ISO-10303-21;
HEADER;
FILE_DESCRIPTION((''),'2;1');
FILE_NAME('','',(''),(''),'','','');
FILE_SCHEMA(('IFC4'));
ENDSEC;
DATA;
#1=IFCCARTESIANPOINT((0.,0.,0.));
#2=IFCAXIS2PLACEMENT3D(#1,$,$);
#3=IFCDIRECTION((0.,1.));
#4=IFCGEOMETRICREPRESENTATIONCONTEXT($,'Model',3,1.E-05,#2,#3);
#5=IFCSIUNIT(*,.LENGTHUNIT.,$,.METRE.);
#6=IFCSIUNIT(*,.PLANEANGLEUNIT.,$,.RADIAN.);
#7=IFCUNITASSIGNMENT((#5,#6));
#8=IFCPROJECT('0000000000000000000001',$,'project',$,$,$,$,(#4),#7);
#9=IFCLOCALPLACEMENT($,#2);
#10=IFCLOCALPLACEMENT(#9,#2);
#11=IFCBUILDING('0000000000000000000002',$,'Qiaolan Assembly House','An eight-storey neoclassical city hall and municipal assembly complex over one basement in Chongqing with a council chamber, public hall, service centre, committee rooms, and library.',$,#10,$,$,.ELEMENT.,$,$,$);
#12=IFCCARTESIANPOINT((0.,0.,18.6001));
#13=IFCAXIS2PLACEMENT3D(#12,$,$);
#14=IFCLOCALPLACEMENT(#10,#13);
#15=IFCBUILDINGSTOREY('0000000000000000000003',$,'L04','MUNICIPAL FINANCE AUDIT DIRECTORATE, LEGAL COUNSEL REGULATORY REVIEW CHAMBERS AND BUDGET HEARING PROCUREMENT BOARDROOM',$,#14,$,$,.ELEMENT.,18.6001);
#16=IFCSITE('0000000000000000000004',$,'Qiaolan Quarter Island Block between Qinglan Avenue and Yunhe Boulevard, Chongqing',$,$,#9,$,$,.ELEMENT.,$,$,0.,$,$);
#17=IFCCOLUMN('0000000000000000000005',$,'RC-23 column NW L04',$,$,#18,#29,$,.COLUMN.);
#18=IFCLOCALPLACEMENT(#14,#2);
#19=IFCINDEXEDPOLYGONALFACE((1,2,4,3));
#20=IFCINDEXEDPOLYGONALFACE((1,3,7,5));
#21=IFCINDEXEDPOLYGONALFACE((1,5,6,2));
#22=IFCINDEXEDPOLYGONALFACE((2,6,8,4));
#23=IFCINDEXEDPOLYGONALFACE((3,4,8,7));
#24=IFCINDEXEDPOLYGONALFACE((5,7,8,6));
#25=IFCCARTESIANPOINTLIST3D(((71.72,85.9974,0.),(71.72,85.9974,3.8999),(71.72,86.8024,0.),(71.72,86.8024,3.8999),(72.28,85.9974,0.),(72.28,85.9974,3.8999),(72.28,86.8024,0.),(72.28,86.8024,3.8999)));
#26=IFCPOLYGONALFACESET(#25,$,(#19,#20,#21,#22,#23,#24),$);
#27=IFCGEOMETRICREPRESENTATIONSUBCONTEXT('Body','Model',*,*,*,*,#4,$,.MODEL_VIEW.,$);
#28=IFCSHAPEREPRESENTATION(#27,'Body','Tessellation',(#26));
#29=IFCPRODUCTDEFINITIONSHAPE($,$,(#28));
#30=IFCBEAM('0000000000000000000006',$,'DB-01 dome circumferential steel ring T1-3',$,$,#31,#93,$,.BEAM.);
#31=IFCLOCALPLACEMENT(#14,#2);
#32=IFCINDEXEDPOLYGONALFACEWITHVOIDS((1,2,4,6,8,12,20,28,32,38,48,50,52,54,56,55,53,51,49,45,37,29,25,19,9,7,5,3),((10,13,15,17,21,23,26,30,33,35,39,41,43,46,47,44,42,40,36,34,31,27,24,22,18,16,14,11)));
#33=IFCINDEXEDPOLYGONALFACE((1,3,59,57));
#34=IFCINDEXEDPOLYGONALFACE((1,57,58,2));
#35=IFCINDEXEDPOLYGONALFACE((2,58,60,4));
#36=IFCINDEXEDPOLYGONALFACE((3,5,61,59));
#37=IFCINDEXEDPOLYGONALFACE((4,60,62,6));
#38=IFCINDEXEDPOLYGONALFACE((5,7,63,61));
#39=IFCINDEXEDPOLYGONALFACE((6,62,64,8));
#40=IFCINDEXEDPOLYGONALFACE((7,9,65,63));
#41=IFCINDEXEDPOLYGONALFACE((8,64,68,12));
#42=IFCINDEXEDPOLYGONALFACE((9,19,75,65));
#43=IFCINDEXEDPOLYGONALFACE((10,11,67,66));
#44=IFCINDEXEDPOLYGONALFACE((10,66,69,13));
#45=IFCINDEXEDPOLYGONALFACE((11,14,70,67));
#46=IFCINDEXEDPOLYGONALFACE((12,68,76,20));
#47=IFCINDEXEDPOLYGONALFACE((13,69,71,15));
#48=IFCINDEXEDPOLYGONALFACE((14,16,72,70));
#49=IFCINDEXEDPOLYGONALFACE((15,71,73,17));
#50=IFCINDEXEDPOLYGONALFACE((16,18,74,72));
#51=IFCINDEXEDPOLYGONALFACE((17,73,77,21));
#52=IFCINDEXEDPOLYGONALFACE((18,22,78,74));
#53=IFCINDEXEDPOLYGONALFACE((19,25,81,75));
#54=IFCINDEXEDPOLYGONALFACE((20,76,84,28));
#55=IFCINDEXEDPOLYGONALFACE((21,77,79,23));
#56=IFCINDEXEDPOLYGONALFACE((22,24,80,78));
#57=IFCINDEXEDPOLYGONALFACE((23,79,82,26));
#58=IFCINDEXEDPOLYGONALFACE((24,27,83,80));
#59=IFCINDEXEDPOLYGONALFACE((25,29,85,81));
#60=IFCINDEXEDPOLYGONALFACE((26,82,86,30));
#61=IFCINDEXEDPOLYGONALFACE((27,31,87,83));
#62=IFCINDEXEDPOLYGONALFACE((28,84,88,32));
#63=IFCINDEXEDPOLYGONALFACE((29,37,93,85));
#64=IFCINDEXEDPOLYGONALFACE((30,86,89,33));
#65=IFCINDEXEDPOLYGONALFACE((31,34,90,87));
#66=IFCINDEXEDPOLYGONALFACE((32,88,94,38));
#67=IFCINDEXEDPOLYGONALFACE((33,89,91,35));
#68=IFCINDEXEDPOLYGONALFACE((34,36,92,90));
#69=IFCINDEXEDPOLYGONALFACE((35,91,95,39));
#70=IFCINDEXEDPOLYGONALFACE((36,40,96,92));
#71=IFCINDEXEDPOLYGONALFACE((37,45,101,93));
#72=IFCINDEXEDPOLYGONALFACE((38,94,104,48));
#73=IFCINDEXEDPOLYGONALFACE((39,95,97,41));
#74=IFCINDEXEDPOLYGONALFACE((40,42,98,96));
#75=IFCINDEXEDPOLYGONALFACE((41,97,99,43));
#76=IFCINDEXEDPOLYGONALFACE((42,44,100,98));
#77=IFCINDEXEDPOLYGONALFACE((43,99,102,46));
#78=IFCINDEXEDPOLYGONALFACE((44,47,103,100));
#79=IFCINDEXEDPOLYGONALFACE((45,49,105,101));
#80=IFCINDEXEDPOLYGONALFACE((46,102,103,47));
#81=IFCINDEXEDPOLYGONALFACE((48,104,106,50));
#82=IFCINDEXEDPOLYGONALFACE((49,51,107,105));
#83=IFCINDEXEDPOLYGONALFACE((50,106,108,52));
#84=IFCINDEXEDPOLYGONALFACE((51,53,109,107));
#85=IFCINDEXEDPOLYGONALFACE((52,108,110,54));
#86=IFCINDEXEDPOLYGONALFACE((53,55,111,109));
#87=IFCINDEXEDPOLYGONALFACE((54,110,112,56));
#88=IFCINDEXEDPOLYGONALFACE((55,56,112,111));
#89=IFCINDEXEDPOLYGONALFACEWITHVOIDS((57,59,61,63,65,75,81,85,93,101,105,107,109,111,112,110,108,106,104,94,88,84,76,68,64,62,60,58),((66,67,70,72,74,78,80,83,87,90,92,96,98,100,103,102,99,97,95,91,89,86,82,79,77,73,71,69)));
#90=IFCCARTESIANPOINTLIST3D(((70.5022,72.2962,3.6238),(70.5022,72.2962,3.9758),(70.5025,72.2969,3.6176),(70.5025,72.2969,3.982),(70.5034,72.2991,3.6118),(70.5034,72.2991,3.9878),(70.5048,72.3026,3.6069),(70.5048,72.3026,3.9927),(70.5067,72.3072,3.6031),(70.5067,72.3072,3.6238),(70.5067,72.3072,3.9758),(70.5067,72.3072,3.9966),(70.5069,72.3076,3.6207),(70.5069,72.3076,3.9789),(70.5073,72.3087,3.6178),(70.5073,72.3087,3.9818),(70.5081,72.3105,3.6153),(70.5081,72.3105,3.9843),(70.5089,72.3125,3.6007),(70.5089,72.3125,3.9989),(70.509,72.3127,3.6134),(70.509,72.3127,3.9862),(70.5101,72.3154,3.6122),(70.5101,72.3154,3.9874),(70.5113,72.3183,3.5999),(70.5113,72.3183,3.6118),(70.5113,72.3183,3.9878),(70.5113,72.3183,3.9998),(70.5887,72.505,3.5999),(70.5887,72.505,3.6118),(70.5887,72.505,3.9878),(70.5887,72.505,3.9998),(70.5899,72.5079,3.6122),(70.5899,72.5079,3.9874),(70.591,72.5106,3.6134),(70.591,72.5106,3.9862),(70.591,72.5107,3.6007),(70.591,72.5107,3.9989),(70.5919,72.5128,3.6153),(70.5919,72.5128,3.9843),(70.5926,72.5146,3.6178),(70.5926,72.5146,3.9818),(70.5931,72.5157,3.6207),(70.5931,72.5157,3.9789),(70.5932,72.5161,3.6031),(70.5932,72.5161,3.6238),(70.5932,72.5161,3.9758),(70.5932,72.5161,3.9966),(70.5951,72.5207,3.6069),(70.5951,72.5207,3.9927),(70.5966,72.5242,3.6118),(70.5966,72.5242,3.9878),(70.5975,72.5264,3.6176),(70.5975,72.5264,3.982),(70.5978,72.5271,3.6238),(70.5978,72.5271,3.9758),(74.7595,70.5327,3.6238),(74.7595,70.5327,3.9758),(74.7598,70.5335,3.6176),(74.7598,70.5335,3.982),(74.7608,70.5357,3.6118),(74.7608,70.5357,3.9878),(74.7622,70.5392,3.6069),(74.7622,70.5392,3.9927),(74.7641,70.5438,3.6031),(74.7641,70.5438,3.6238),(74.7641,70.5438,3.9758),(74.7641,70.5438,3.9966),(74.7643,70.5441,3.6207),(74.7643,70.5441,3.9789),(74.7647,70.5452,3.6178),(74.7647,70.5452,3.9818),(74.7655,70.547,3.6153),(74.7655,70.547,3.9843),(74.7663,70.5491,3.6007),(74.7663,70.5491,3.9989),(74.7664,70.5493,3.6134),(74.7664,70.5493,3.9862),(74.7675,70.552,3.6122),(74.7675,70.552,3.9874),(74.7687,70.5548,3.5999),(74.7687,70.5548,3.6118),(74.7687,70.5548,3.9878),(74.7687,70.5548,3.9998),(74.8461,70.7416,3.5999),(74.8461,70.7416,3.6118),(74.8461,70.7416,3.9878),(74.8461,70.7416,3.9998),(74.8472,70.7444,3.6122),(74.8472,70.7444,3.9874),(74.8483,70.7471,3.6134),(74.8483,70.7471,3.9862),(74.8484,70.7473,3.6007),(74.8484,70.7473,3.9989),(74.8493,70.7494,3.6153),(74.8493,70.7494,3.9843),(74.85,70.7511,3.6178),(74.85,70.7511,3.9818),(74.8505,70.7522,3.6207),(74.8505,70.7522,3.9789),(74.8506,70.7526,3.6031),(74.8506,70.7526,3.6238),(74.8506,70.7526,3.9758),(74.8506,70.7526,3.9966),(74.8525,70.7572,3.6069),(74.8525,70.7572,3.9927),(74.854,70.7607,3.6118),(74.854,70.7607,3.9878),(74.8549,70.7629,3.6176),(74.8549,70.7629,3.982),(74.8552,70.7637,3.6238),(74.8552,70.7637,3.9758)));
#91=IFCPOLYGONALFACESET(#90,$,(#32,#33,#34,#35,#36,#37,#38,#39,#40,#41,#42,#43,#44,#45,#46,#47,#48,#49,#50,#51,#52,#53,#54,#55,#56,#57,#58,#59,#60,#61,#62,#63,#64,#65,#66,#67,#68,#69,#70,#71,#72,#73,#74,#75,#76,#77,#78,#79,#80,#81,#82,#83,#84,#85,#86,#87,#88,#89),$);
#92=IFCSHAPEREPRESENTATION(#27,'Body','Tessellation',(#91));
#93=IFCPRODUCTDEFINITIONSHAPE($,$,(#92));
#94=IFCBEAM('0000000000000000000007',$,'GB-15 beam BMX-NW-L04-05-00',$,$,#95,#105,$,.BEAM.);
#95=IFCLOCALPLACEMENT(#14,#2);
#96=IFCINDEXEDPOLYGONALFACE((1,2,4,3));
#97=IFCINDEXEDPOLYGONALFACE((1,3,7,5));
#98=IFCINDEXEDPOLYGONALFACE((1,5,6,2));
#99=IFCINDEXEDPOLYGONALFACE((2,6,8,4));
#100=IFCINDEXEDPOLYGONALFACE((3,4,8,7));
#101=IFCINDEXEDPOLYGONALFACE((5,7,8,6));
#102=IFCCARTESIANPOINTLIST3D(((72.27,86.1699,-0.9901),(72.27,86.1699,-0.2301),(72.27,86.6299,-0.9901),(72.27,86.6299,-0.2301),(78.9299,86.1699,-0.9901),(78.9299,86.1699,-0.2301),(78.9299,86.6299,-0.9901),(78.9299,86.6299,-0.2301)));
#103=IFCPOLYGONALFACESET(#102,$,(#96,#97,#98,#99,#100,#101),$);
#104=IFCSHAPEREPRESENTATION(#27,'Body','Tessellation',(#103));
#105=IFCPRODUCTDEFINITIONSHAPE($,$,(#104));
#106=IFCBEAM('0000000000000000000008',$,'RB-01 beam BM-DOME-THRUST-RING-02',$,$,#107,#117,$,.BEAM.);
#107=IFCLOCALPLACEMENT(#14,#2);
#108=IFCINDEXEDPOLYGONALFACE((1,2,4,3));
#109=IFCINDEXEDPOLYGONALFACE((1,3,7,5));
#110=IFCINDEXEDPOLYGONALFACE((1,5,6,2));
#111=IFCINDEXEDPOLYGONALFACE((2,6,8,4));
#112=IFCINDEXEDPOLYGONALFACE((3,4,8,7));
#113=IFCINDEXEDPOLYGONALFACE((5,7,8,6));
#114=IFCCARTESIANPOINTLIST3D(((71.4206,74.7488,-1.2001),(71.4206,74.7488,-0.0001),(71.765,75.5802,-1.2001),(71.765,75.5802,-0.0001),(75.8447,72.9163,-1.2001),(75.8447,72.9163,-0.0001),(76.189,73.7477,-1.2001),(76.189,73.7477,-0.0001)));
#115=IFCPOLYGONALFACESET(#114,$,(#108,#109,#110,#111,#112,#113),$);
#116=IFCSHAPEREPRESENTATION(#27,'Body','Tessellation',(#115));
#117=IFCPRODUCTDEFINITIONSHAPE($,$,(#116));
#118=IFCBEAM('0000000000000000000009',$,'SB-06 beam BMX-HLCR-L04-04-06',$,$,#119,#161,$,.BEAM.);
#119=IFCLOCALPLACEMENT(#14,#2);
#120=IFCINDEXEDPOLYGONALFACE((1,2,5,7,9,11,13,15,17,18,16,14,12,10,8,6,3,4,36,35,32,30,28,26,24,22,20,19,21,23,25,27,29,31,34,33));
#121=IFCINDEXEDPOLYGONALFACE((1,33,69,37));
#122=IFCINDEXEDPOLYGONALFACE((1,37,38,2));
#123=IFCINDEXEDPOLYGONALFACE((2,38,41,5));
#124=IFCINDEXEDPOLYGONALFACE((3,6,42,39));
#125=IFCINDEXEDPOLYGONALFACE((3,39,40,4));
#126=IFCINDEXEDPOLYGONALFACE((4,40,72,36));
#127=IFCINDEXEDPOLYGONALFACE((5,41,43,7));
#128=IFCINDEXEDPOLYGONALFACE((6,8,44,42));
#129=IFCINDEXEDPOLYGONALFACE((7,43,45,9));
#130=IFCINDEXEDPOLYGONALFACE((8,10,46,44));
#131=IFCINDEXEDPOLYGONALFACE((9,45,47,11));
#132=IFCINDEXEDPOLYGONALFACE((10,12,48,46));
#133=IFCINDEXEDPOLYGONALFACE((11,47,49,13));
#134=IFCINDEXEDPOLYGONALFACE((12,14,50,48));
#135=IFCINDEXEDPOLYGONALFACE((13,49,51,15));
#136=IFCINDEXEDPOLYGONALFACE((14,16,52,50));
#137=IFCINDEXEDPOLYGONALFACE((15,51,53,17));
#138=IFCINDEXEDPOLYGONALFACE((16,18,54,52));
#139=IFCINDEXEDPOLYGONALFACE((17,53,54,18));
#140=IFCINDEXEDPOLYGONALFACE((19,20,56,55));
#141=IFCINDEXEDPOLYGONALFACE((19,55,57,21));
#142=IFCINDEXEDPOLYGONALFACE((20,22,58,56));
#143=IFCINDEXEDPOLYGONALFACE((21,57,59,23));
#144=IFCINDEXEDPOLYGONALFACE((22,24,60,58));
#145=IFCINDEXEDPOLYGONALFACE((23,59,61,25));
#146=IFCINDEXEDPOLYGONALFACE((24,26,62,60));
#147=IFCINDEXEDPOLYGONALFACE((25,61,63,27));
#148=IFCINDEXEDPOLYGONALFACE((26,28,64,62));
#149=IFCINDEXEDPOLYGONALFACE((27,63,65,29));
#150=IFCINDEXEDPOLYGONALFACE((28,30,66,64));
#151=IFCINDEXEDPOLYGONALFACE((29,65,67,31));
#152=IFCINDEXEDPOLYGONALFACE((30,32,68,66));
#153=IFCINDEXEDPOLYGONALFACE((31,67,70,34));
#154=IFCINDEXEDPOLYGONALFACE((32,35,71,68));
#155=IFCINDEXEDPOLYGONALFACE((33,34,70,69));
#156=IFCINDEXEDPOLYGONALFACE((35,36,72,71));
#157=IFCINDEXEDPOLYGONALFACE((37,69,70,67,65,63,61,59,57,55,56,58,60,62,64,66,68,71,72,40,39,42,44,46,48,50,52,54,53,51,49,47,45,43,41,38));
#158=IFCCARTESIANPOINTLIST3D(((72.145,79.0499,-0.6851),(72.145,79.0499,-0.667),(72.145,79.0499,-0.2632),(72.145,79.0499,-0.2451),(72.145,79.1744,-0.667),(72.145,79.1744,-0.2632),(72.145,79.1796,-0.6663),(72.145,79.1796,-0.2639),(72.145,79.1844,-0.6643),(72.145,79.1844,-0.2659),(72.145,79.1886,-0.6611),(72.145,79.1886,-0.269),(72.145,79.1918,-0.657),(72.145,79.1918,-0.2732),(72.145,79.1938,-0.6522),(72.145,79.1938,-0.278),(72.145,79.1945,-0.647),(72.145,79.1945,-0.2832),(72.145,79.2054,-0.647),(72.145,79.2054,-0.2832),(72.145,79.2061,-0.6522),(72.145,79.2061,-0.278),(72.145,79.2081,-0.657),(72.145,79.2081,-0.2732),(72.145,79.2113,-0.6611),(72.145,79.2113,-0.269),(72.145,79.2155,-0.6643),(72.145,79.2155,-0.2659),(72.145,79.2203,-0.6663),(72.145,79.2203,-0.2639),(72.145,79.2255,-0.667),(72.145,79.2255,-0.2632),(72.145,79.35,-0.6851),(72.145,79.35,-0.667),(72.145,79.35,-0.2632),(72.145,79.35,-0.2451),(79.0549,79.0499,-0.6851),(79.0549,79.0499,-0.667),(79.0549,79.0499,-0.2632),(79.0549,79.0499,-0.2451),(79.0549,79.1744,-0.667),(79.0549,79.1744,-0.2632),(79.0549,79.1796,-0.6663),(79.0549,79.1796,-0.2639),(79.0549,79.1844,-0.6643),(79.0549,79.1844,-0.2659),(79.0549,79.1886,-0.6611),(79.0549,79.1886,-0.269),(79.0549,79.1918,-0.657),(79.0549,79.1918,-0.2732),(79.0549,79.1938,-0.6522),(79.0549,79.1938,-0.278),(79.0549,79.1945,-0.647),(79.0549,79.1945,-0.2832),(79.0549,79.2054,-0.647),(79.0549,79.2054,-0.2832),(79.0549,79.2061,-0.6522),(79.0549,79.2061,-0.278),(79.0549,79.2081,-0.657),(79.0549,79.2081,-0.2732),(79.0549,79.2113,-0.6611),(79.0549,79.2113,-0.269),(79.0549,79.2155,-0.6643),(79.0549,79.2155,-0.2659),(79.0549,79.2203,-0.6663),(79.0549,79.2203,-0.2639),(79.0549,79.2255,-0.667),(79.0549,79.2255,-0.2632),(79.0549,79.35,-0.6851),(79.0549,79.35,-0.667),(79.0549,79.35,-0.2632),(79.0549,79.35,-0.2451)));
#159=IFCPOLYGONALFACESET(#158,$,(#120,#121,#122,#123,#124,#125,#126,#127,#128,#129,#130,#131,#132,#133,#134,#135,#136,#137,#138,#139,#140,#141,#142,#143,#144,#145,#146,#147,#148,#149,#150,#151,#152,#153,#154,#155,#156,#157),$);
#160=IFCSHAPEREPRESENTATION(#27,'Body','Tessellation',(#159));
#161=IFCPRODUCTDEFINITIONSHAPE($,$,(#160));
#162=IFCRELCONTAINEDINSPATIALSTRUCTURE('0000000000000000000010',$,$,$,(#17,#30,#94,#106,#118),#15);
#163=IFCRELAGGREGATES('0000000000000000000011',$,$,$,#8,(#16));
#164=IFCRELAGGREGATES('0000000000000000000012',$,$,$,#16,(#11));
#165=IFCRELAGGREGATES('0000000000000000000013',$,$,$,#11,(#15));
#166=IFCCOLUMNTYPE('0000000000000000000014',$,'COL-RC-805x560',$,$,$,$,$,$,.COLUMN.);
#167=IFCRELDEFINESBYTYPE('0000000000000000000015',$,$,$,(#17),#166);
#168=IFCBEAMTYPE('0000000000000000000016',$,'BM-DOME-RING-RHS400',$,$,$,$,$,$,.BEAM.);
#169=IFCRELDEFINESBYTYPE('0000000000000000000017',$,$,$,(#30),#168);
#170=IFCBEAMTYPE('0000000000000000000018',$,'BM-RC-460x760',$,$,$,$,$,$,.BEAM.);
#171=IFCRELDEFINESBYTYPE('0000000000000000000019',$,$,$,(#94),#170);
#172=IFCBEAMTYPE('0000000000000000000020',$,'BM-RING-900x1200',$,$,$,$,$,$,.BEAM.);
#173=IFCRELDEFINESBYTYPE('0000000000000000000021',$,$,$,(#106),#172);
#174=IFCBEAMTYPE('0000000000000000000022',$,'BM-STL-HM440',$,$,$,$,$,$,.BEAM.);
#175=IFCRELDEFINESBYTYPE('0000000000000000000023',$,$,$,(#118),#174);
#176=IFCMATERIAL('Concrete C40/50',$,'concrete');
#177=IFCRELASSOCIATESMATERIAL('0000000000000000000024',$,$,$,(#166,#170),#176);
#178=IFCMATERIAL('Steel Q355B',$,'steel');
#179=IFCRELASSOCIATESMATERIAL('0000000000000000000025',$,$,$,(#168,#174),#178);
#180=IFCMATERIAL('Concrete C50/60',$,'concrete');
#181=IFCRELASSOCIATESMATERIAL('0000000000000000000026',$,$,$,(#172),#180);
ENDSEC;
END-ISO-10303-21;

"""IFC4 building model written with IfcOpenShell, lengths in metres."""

from ifc_helpers import new_model, si_unit, direction, frame, origin, origin_2d, place, context, subcontext, project, spatial, rectangle, hollow_rectangle, i_section, extrude, material, material_profile, profile_set, type_object, element, save


model = new_model("IFC4")

# Units and contexts
model_context = context("Model", 3, precision=1e-05, world=origin(), true_north=direction((0.0, 1.0)))
body_context = subcontext(model_context, "Body", "Model", "MODEL_VIEW")
ifc_project = project(units=[si_unit("LENGTHUNIT", "METRE"), si_unit("PLANEANGLEUNIT", "RADIAN")], contexts=[model_context])

# Site, building, storey
site_placement = place(None, origin())
site = spatial("IfcSite", under=ifc_project, at=site_placement, Name="Qiaolan Quarter Island Block between Qinglan Avenue and Yunhe Boulevard, Chongqing", CompositionType="ELEMENT", RefElevation=0.0)
building_placement = place(site_placement, origin())
building = spatial("IfcBuilding", under=site, at=building_placement, Name="Qiaolan Assembly House", Description="An eight-storey neoclassical city hall and municipal assembly complex over one basement in Chongqing with a council chamber, public hall, service centre, committee rooms, and library.", CompositionType="ELEMENT")
storey_placement = place(building_placement, frame((0.0, 0.0, 18.6001)))
storey = spatial("IfcBuildingStorey", under=building, at=storey_placement, Name="L04", Description="MUNICIPAL FINANCE AUDIT DIRECTORATE, LEGAL COUNSEL REGULATORY REVIEW CHAMBERS AND BUDGET HEARING PROCUREMENT BOARDROOM", CompositionType="ELEMENT", Elevation=18.6001)

# Column
ifc_material_1 = material(Name="Concrete C40/50", Category="concrete")
ifc_material_profile_1 = material_profile(ifc_material_1, rectangle(XDim=0.5601, YDim=0.8049, at=origin_2d()), Name="RC 805x560")
ifc_profile_set_1 = profile_set([ifc_material_profile_1], Name="Concrete C40/50")
column_type = type_object("IfcColumnType", Name="COL-RC-805x560", PredefinedType="COLUMN", material=ifc_profile_set_1)
column_placement = place(storey_placement, frame((72.0, 86.3999, 0.0), z_axis=(0.0, 0.0, 1.0), x_axis=(1.0, 0.0, 0.0)))
element("IfcColumn", 1, at=column_placement, inside=storey, type_object=column_type, Name="RC-23 column NW L04", PredefinedType="COLUMN", context=body_context, shape_type="SweptSolid", body=[
    extrude(rectangle(XDim=0.5601, YDim=0.8049, at=origin_2d()), origin(), (0.0, 0.0, 1.0), 3.8999),
])

# Beams
ifc_material_2 = material(Name="Steel Q355B", Category="steel")
ifc_material_profile_2 = material_profile(ifc_material_2, hollow_rectangle(XDim=0.25, YDim=0.3999, WallThickness=0.012, InnerFilletRadius=0.012, OuterFilletRadius=0.0239, at=origin_2d()), Name="RHS 400x250x12")
ifc_profile_set_2 = profile_set([ifc_material_profile_2], Name="Steel Q355B")
beam_type_1 = type_object("IfcBeamType", Name="BM-DOME-RING-RHS400", PredefinedType="BEAM", material=ifc_profile_set_2)
beam_1_placement = place(storey_placement, frame((74.8074, 70.6482, 3.7998), z_axis=(-0.923881, 0.382681, 0.0), x_axis=(-0.382681, -0.923881, 0.0)))
element("IfcBeam", 2, at=beam_1_placement, inside=storey, type_object=beam_type_1, Name="DB-01 dome circumferential steel ring T1-3", PredefinedType="BEAM", context=body_context, shape_type="SweptSolid", body=[
    extrude(hollow_rectangle(XDim=0.25, YDim=0.3999, WallThickness=0.012, InnerFilletRadius=0.012, OuterFilletRadius=0.0239, at=origin_2d()), origin(), (0.0, 0.0, 1.0), 4.6082),
])
ifc_material_profile_3 = material_profile(ifc_material_1, rectangle(XDim=0.46, YDim=0.76, at=origin_2d()), Name="RCB 460x760")
ifc_profile_set_3 = profile_set([ifc_material_profile_3], Name="Concrete C40/50")
beam_type_2 = type_object("IfcBeamType", Name="BM-RC-460x760", PredefinedType="BEAM", material=ifc_profile_set_3)
beam_2_placement = place(storey_placement, frame((72.27, 86.3999, -0.6101), z_axis=(1.0, 0.0, 0.0), x_axis=(0.0, 1.0, 0.0)))
element("IfcBeam", 3, at=beam_2_placement, inside=storey, type_object=beam_type_2, Name="GB-15 beam BMX-NW-L04-05-00", PredefinedType="BEAM", context=body_context, shape_type="SweptSolid", body=[
    extrude(rectangle(XDim=0.46, YDim=0.76, at=origin_2d()), origin(), (0.0, 0.0, 1.0), 6.6599),
])
ifc_material_3 = material(Name="Concrete C50/60", Category="concrete")
ifc_material_profile_4 = material_profile(ifc_material_3, rectangle(XDim=0.8999, YDim=1.2, at=origin_2d()), Name="RCB 900x1200")
ifc_profile_set_4 = profile_set([ifc_material_profile_4], Name="Concrete C50/60")
beam_type_3 = type_object("IfcBeamType", Name="BM-RING-900x1200", PredefinedType="BEAM", material=ifc_profile_set_4)
beam_3_placement = place(storey_placement, frame((76.0168, 73.332, -0.6001), z_axis=(-0.923879, 0.382685, 0.0), x_axis=(-0.382685, -0.923879, 0.0)))
element("IfcBeam", 4, at=beam_3_placement, inside=storey, type_object=beam_type_3, Name="RB-01 beam BM-DOME-THRUST-RING-02", PredefinedType="BEAM", context=body_context, shape_type="SweptSolid", body=[
    extrude(rectangle(XDim=0.8999, YDim=1.2, at=origin_2d()), origin(), (0.0, 0.0, 1.0), 4.7886),
])
ifc_material_profile_5 = material_profile(ifc_material_2, i_section(OverallWidth=0.3, OverallDepth=0.4399, WebThickness=0.011, FlangeThickness=0.0181, FilletRadius=0.02, at=origin_2d()), Name="HM 440x300x11x18")
ifc_profile_set_5 = profile_set([ifc_material_profile_5], Name="Steel Q355B")
beam_type_4 = type_object("IfcBeamType", Name="BM-STL-HM440", PredefinedType="BEAM", material=ifc_profile_set_5)
beam_4_placement = place(storey_placement, frame((72.145, 79.2, -0.4651), z_axis=(1.0, 0.0, 0.0), x_axis=(0.0, 1.0, 0.0)))
element("IfcBeam", 5, at=beam_4_placement, inside=storey, type_object=beam_type_4, Name="SB-06 beam BMX-HLCR-L04-04-06", PredefinedType="BEAM", context=body_context, shape_type="SweptSolid", body=[
    extrude(i_section(OverallWidth=0.3, OverallDepth=0.4399, WebThickness=0.011, FlangeThickness=0.0181, FilletRadius=0.02, at=origin_2d()), origin(), (0.0, 0.0, 1.0), 6.9099),
])

save(model, "model.ifc")
